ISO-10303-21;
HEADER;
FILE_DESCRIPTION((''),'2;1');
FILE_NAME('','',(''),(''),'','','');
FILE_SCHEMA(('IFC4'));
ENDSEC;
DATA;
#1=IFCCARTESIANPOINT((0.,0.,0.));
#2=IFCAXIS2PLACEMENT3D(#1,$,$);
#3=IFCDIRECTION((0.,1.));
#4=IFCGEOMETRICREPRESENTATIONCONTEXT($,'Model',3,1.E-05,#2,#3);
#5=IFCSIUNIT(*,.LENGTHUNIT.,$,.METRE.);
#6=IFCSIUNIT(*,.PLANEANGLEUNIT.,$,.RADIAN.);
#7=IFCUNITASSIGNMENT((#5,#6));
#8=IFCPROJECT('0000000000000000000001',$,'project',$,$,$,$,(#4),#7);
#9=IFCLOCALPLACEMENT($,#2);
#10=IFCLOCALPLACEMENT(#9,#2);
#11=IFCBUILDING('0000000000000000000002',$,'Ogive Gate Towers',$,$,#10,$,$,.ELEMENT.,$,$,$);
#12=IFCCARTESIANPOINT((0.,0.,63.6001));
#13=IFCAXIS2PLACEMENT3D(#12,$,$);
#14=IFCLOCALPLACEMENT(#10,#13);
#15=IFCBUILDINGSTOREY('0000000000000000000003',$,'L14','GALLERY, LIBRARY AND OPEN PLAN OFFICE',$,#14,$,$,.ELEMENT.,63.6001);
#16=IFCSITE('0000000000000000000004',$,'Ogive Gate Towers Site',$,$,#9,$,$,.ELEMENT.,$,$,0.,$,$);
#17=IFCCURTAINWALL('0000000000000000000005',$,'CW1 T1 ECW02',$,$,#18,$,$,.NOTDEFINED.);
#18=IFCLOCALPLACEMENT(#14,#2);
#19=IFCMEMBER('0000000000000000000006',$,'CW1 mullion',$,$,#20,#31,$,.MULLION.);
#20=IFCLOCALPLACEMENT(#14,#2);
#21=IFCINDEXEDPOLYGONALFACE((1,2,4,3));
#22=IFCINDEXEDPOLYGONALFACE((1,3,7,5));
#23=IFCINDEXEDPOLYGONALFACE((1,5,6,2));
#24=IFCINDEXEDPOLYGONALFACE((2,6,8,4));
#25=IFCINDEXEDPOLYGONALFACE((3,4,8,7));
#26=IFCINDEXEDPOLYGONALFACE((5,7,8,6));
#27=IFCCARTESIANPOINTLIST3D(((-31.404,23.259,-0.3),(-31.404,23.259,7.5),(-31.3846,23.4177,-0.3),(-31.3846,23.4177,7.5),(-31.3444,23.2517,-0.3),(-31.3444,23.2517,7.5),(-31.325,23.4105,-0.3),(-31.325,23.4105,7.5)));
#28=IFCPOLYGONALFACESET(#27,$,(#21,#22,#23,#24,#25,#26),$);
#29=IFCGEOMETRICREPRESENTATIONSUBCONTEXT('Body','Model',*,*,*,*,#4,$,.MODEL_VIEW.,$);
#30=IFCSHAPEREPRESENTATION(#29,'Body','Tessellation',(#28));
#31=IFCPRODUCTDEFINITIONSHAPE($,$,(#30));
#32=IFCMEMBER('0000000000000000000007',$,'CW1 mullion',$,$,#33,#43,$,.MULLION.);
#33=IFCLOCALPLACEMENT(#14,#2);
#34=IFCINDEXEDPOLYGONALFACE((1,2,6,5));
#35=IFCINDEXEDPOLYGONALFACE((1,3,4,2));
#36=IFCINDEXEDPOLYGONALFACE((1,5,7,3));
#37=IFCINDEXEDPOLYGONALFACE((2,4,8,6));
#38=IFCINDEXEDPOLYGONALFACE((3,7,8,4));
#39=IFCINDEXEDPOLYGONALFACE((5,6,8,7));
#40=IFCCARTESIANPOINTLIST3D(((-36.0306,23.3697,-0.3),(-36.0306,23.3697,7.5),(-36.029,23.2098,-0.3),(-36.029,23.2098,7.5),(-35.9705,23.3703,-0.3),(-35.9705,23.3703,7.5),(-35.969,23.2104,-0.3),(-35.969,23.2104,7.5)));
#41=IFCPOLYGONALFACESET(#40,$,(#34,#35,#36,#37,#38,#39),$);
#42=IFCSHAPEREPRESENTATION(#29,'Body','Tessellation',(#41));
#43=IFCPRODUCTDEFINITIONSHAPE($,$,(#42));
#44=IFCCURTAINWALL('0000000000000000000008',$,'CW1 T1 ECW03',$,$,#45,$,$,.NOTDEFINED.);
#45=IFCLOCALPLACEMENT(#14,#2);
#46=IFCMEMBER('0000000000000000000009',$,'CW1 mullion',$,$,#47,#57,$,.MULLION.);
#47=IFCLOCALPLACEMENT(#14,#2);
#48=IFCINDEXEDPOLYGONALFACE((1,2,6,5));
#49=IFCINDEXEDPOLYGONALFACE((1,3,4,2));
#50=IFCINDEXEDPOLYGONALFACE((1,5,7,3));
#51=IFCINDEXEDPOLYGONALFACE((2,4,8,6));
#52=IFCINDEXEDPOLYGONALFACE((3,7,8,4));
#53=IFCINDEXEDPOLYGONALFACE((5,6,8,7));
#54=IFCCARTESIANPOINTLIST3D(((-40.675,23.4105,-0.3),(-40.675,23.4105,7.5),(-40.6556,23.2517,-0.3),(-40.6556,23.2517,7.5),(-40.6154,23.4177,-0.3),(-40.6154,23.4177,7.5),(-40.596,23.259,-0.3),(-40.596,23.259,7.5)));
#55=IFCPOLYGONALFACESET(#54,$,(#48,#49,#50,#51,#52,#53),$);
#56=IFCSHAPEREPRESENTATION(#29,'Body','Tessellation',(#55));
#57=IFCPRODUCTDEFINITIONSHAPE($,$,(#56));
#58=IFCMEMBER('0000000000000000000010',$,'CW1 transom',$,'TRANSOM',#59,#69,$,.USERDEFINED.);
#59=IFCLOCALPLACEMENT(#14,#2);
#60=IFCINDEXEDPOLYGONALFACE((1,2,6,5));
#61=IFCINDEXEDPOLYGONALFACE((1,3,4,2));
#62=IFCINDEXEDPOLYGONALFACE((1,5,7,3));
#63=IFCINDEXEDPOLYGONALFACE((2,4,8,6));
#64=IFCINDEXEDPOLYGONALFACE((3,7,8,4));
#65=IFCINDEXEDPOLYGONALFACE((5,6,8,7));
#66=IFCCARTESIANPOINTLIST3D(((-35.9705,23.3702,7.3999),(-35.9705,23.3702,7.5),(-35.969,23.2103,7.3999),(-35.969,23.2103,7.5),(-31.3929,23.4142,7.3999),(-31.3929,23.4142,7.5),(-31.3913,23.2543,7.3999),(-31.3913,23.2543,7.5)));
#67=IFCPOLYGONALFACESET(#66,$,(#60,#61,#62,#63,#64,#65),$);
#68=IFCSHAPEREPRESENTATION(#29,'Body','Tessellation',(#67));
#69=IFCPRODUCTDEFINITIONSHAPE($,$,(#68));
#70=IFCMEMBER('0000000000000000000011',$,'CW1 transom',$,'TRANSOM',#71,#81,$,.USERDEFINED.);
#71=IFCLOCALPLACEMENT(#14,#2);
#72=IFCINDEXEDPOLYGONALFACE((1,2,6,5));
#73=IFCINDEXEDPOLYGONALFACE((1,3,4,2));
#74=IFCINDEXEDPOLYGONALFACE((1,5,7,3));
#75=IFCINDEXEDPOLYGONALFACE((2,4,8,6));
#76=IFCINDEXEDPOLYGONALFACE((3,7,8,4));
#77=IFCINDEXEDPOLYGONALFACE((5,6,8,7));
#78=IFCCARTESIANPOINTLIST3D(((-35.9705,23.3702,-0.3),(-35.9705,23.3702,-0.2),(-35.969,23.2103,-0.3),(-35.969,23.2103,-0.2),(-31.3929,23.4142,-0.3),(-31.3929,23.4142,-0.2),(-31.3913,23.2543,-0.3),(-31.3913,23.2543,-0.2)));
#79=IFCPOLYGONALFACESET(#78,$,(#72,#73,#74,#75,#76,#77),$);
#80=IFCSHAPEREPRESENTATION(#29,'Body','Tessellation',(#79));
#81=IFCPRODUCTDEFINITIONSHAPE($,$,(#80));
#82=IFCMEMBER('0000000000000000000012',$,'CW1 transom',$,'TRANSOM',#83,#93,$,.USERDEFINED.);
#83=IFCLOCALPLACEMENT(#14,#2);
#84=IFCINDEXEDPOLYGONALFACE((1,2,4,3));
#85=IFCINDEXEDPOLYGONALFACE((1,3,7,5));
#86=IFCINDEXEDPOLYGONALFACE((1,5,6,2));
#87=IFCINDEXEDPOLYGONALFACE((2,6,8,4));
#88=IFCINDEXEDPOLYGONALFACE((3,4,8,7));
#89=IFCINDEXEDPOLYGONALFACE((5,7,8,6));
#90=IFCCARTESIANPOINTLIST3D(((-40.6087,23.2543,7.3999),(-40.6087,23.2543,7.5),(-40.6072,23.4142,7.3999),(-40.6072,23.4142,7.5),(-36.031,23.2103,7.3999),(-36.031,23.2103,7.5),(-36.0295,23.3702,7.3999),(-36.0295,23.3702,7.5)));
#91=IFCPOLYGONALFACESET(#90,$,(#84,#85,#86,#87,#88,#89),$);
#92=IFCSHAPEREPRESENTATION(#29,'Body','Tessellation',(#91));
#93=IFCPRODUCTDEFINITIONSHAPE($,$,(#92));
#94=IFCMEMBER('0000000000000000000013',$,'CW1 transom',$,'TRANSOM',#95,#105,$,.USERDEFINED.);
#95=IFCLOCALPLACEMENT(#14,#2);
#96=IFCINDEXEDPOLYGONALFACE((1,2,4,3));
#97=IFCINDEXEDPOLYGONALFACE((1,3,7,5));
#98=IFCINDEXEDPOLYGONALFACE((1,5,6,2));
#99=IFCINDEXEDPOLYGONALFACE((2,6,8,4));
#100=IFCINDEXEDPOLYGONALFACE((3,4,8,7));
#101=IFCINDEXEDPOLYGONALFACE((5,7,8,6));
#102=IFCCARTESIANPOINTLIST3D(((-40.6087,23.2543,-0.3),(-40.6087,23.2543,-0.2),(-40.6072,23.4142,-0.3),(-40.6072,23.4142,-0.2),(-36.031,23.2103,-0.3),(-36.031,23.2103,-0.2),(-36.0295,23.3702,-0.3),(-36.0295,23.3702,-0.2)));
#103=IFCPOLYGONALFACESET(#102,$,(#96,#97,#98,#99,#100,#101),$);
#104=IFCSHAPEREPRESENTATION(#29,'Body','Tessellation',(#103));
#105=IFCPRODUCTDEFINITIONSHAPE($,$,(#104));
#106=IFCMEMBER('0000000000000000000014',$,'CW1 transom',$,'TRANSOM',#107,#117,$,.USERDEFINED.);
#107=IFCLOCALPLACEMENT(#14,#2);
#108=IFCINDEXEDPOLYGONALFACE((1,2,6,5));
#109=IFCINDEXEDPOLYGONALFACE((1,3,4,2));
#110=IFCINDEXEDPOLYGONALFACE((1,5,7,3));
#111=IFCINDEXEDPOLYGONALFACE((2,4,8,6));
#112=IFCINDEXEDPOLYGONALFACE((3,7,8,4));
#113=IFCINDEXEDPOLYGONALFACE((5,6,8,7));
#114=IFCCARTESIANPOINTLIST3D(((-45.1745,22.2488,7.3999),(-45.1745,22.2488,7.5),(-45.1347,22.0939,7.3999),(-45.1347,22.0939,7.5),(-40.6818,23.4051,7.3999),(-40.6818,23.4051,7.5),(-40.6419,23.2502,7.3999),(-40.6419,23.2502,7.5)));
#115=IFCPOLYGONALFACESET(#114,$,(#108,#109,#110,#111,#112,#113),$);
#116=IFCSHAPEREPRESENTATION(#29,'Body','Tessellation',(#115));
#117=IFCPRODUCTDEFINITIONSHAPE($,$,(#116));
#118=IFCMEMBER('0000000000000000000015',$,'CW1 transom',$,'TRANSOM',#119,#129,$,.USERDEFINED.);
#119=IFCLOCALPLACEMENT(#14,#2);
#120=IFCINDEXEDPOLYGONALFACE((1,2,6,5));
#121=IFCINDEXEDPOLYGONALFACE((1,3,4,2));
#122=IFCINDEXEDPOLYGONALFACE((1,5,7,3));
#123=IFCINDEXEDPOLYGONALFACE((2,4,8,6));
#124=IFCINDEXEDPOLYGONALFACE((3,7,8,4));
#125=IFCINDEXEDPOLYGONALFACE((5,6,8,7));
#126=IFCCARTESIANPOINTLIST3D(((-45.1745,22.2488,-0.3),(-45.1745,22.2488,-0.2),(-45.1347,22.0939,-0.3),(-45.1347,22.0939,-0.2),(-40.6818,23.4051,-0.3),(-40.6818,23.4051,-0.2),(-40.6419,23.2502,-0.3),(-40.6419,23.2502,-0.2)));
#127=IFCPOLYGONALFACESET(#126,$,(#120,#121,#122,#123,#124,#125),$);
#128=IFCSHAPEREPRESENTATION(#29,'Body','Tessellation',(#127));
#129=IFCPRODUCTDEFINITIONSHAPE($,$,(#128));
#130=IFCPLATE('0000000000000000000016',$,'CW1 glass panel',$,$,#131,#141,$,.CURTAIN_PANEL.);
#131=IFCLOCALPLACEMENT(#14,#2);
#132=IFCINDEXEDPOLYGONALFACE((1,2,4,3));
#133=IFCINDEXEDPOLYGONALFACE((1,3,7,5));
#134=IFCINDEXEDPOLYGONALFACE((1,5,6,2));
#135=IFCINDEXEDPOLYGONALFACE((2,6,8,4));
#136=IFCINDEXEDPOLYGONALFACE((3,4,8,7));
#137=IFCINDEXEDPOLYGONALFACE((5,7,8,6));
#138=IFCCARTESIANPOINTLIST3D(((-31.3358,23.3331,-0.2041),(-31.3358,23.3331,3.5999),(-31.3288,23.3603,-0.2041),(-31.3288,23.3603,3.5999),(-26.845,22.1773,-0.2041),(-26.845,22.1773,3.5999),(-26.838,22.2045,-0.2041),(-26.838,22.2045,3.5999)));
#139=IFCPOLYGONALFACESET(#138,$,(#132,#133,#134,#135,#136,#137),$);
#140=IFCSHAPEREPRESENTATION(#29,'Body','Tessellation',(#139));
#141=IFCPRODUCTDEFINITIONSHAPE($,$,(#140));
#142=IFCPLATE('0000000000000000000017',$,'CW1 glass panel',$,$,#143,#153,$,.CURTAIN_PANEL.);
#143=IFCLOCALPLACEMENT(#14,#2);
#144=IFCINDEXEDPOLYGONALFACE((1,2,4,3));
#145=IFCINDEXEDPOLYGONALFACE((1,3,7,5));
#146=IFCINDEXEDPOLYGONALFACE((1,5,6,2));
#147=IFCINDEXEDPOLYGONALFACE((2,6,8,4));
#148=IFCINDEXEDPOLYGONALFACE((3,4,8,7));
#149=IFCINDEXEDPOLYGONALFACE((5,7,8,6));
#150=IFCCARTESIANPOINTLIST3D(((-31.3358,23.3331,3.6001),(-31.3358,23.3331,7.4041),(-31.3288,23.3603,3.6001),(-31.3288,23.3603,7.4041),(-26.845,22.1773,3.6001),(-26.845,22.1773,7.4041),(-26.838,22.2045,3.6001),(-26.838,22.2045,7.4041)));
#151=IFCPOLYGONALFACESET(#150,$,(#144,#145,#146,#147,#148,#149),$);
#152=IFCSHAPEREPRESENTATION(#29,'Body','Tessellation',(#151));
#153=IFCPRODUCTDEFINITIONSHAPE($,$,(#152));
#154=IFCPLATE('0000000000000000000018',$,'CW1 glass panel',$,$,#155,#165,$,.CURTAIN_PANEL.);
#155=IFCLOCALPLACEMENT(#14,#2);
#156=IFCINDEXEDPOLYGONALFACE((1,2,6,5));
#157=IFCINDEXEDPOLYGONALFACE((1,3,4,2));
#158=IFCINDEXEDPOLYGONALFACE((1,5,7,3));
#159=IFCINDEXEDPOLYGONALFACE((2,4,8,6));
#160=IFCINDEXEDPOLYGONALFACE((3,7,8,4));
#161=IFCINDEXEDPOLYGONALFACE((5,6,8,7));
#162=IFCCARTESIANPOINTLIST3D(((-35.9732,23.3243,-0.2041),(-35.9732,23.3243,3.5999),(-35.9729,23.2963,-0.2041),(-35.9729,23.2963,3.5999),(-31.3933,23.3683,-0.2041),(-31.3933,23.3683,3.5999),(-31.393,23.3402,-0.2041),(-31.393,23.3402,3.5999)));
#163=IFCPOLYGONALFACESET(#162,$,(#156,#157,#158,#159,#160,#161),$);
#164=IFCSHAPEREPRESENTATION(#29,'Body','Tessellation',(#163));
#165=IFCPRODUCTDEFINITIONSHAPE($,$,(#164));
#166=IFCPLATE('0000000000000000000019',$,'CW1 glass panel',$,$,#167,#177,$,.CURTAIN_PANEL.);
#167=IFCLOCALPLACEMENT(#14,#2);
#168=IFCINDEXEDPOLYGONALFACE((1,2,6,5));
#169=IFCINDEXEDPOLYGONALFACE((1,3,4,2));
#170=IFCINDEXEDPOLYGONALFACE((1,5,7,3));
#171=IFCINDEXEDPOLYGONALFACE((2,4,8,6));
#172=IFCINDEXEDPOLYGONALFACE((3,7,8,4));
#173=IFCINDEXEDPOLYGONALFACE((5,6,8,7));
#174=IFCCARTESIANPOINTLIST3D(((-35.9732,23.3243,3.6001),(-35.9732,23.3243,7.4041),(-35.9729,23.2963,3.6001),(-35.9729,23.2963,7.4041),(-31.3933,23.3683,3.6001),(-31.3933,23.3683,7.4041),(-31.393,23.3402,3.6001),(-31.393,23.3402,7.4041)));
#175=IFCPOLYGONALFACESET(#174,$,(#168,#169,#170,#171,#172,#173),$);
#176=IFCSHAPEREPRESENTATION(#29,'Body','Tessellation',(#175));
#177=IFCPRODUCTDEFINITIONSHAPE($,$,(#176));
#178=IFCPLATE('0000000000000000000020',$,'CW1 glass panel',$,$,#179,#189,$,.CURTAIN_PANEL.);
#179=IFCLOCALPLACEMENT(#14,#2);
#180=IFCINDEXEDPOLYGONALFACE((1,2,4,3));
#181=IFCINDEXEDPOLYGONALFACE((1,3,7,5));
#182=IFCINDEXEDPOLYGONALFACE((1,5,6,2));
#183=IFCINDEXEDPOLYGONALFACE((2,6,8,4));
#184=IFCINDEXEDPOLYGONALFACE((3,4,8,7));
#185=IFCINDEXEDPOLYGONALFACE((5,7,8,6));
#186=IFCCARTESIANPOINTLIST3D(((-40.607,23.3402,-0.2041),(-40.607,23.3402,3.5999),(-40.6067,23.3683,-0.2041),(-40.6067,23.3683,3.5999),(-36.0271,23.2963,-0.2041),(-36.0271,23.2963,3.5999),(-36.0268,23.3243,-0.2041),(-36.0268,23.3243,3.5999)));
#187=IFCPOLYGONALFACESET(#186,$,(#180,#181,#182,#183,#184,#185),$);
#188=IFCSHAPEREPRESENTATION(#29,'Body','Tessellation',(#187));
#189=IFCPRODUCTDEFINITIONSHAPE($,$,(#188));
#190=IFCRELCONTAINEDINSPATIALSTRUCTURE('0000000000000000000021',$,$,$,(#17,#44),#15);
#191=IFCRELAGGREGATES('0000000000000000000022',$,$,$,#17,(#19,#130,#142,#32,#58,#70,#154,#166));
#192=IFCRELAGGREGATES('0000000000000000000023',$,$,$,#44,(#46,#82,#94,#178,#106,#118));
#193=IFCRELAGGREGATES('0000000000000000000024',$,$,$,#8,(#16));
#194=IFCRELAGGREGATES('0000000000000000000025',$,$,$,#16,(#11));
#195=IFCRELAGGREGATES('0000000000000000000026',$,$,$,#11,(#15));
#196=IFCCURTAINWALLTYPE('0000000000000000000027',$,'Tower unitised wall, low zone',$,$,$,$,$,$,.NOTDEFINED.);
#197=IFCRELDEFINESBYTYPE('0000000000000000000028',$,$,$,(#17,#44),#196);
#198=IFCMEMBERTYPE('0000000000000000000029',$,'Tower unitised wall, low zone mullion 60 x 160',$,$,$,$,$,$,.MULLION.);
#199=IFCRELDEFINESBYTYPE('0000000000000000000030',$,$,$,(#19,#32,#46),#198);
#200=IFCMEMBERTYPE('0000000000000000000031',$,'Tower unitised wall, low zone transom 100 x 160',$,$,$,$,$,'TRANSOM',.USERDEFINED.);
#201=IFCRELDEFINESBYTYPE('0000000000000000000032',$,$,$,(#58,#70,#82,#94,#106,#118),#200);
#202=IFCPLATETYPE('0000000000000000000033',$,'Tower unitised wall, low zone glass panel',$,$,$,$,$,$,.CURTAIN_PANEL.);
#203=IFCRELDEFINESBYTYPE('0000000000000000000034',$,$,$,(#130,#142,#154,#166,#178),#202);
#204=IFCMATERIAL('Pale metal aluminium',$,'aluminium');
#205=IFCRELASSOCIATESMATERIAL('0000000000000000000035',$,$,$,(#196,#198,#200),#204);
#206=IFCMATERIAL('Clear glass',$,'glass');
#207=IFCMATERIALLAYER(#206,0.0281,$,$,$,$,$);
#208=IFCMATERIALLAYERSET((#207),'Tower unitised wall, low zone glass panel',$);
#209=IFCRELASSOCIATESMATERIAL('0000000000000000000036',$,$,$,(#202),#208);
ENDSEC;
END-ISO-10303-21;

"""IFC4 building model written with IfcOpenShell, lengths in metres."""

from ifc_helpers import new_model, si_unit, direction, frame, origin, origin_2d, place, context, subcontext, project, spatial, rectangle, extrude, material, layer, layer_set, material_profile, profile_set, type_object, element, aggregate, save


model = new_model("IFC4")

# Units and contexts
model_context = context("Model", 3, precision=1e-05, world=origin(), true_north=direction((0.0, 1.0)))
body_context = subcontext(model_context, "Body", "Model", "MODEL_VIEW")
ifc_project = project(units=[si_unit("LENGTHUNIT", "METRE"), si_unit("PLANEANGLEUNIT", "RADIAN")], contexts=[model_context])

# Site, building, storey
site_placement = place(None, origin())
site = spatial("IfcSite", under=ifc_project, at=site_placement, Name="Ogive Gate Towers Site", CompositionType="ELEMENT", RefElevation=0.0)
building_placement = place(site_placement, origin())
building = spatial("IfcBuilding", under=site, at=building_placement, Name="Ogive Gate Towers", CompositionType="ELEMENT")
storey_placement = place(building_placement, frame((0.0, 0.0, 63.6001)))
storey = spatial("IfcBuildingStorey", under=building, at=storey_placement, Name="L14", Description="GALLERY, LIBRARY AND OPEN PLAN OFFICE", CompositionType="ELEMENT", Elevation=63.6001)

# Curtain wall, members
ifc_material_1 = material(Name="Pale metal aluminium", Category="aluminium")
curtain_wall_type = type_object("IfcCurtainWallType", Name="Tower unitised wall, low zone", PredefinedType="NOTDEFINED", material=ifc_material_1)
curtain_wall_1_placement = place(storey_placement, origin())
curtain_wall_1 = element("IfcCurtainWall", 1, at=curtain_wall_1_placement, inside=storey, type_object=curtain_wall_type, Name="CW1 T1 ECW02", PredefinedType="NOTDEFINED")
ifc_material_profile_1 = material_profile(ifc_material_1, rectangle(XDim=0.1599, YDim=0.0601, at=origin_2d()), Name="60 x 160 aluminium box")
ifc_profile_set_1 = profile_set([ifc_material_profile_1], Name="Pale metal aluminium")
member_type_1 = type_object("IfcMemberType", Name="Tower unitised wall, low zone mullion 60 x 160", PredefinedType="MULLION", material=ifc_profile_set_1)
member_1_placement = place(storey_placement, frame((-31.3645, 23.3347, -0.3), z_axis=(0.0, 0.0, 1.0), x_axis=(0.120847, 0.992671, 0.0)))
member_1 = element("IfcMember", 2, at=member_1_placement, type_object=member_type_1, Name="CW1 mullion", PredefinedType="MULLION", context=body_context, shape_type="SweptSolid", body=[
    extrude(rectangle(XDim=0.1599, YDim=0.0601, at=origin_2d()), origin(), (0.0, 0.0, 1.0), 7.8),
])
member_2_placement = place(storey_placement, frame((-35.9998, 23.29, -0.3), z_axis=(0.0, 0.0, 1.0), x_axis=(-0.009599, 0.999954, 0.0)))
member_2 = element("IfcMember", 3, at=member_2_placement, type_object=member_type_1, Name="CW1 mullion", PredefinedType="MULLION", context=body_context, shape_type="SweptSolid", body=[
    extrude(rectangle(XDim=0.1599, YDim=0.0601, at=origin_2d()), origin(), (0.0, 0.0, 1.0), 7.8),
])

# Curtain wall, member
curtain_wall_2_placement = place(storey_placement, origin())
curtain_wall_2 = element("IfcCurtainWall", 4, at=curtain_wall_2_placement, inside=storey, type_object=curtain_wall_type, Name="CW1 T1 ECW03", PredefinedType="NOTDEFINED")
member_3_placement = place(storey_placement, frame((-40.6355, 23.3347, -0.3), z_axis=(0.0, 0.0, 1.0), x_axis=(-0.120847, 0.992671, 0.0)))
member_3 = element("IfcMember", 5, at=member_3_placement, type_object=member_type_1, Name="CW1 mullion", PredefinedType="MULLION", context=body_context, shape_type="SweptSolid", body=[
    extrude(rectangle(XDim=0.1599, YDim=0.0601, at=origin_2d()), origin(), (0.0, 0.0, 1.0), 7.8),
])

# Members
ifc_material_profile_2 = material_profile(ifc_material_1, rectangle(XDim=0.1599, YDim=0.1001, at=origin_2d()), Name="100 x 160 aluminium box")
ifc_profile_set_2 = profile_set([ifc_material_profile_2], Name="Pale metal aluminium")
member_type_2 = type_object("IfcMemberType", Name="Tower unitised wall, low zone transom 100 x 160", ElementType="TRANSOM", PredefinedType="USERDEFINED", material=ifc_profile_set_2)
member_4_placement = place(storey_placement, frame((-31.3921, 23.3342, 7.45), z_axis=(-0.999954, -0.0096, 0.0), x_axis=(0.0096, -0.999954, 0.0)))
member_4 = element("IfcMember", 6, at=member_4_placement, type_object=member_type_2, Name="CW1 transom", ObjectType="TRANSOM", PredefinedType="USERDEFINED", context=body_context, shape_type="SweptSolid", body=[
    extrude(rectangle(XDim=0.1599, YDim=0.1001, at=origin_2d()), origin(), (0.0, 0.0, 1.0), 4.5779),
])
member_5_placement = place(storey_placement, frame((-31.3921, 23.3342, -0.25), z_axis=(-0.999954, -0.0096, 0.0), x_axis=(0.0096, -0.999954, 0.0)))
member_5 = element("IfcMember", 7, at=member_5_placement, type_object=member_type_2, Name="CW1 transom", ObjectType="TRANSOM", PredefinedType="USERDEFINED", context=body_context, shape_type="SweptSolid", body=[
    extrude(rectangle(XDim=0.1599, YDim=0.1001, at=origin_2d()), origin(), (0.0, 0.0, 1.0), 4.5779),
])
member_6_placement = place(storey_placement, frame((-36.0303, 23.2903, 7.45), z_axis=(-0.999954, 0.0096, 0.0), x_axis=(-0.0096, -0.999954, 0.0)))
member_6 = element("IfcMember", 8, at=member_6_placement, type_object=member_type_2, Name="CW1 transom", ObjectType="TRANSOM", PredefinedType="USERDEFINED", context=body_context, shape_type="SweptSolid", body=[
    extrude(rectangle(XDim=0.1599, YDim=0.1001, at=origin_2d()), origin(), (0.0, 0.0, 1.0), 4.5779),
])
member_7_placement = place(storey_placement, frame((-36.0303, 23.2903, -0.25), z_axis=(-0.999954, 0.0096, 0.0), x_axis=(-0.0096, -0.999954, 0.0)))
member_7 = element("IfcMember", 9, at=member_7_placement, type_object=member_type_2, Name="CW1 transom", ObjectType="TRANSOM", PredefinedType="USERDEFINED", context=body_context, shape_type="SweptSolid", body=[
    extrude(rectangle(XDim=0.1599, YDim=0.1001, at=origin_2d()), origin(), (0.0, 0.0, 1.0), 4.5779),
])
member_8_placement = place(storey_placement, frame((-40.6619, 23.3276, 7.45), z_axis=(-0.968441, -0.249241, 0.0), x_axis=(0.249241, -0.968441, 0.0)))
member_8 = element("IfcMember", 10, at=member_8_placement, type_object=member_type_2, Name="CW1 transom", ObjectType="TRANSOM", PredefinedType="USERDEFINED", context=body_context, shape_type="SweptSolid", body=[
    extrude(rectangle(XDim=0.1599, YDim=0.1001, at=origin_2d()), origin(), (0.0, 0.0, 1.0), 4.6392),
])
member_9_placement = place(storey_placement, frame((-40.6619, 23.3276, -0.25), z_axis=(-0.968441, -0.249241, 0.0), x_axis=(0.249241, -0.968441, 0.0)))
member_9 = element("IfcMember", 11, at=member_9_placement, type_object=member_type_2, Name="CW1 transom", ObjectType="TRANSOM", PredefinedType="USERDEFINED", context=body_context, shape_type="SweptSolid", body=[
    extrude(rectangle(XDim=0.1599, YDim=0.1001, at=origin_2d()), origin(), (0.0, 0.0, 1.0), 4.6392),
])

# Plates
ifc_material_2 = material(Name="Clear glass", Category="glass")
ifc_layer_1 = layer(ifc_material_2, 0.0281)
ifc_layer_set_1 = layer_set([ifc_layer_1], Name="Tower unitised wall, low zone glass panel")
plate_type = type_object("IfcPlateType", Name="Tower unitised wall, low zone glass panel", PredefinedType="CURTAIN_PANEL", material=ifc_layer_set_1)
plate_1_placement = place(storey_placement, frame((-29.0869, 22.7688, -0.2041), z_axis=(0.0, 0.0, 1.0), x_axis=(-0.96844, 0.249248, 0.0)))
plate_1 = element("IfcPlate", 12, at=plate_1_placement, type_object=plate_type, Name="CW1 glass panel", PredefinedType="CURTAIN_PANEL", context=body_context, shape_type="SweptSolid", body=[
    extrude(rectangle(XDim=4.6372, YDim=0.0281, at=origin_2d()), origin(), (0.0, 0.0, 1.0), 3.804),
])
plate_2_placement = place(storey_placement, frame((-29.0869, 22.7688, 3.6001), z_axis=(0.0, 0.0, 1.0), x_axis=(-0.96844, 0.249248, 0.0)))
plate_2 = element("IfcPlate", 13, at=plate_2_placement, type_object=plate_type, Name="CW1 glass panel", PredefinedType="CURTAIN_PANEL", context=body_context, shape_type="SweptSolid", body=[
    extrude(rectangle(XDim=4.6372, YDim=0.0281, at=origin_2d()), origin(), (0.0, 0.0, 1.0), 3.804),
])
plate_3_placement = place(storey_placement, frame((-33.6831, 23.3323, -0.2041), z_axis=(0.0, 0.0, 1.0), x_axis=(-0.999954, -0.009599, 0.0)))
plate_3 = element("IfcPlate", 14, at=plate_3_placement, type_object=plate_type, Name="CW1 glass panel", PredefinedType="CURTAIN_PANEL", context=body_context, shape_type="SweptSolid", body=[
    extrude(rectangle(XDim=4.5801, YDim=0.0281, at=origin_2d()), origin(), (0.0, 0.0, 1.0), 3.804),
])
plate_4_placement = place(storey_placement, frame((-33.6831, 23.3323, 3.6001), z_axis=(0.0, 0.0, 1.0), x_axis=(-0.999954, -0.009599, 0.0)))
plate_4 = element("IfcPlate", 15, at=plate_4_placement, type_object=plate_type, Name="CW1 glass panel", PredefinedType="CURTAIN_PANEL", context=body_context, shape_type="SweptSolid", body=[
    extrude(rectangle(XDim=4.5801, YDim=0.0281, at=origin_2d()), origin(), (0.0, 0.0, 1.0), 3.804),
])
aggregate(curtain_wall_1, [member_1, plate_1, plate_2, member_2, member_4, member_5, plate_3, plate_4])
plate_5_placement = place(storey_placement, frame((-38.3169, 23.3323, -0.2041), z_axis=(0.0, 0.0, 1.0), x_axis=(-0.999954, 0.009599, 0.0)))
plate_5 = element("IfcPlate", 16, at=plate_5_placement, type_object=plate_type, Name="CW1 glass panel", PredefinedType="CURTAIN_PANEL", context=body_context, shape_type="SweptSolid", body=[
    extrude(rectangle(XDim=4.5801, YDim=0.0281, at=origin_2d()), origin(), (0.0, 0.0, 1.0), 3.804),
])
aggregate(curtain_wall_2, [member_3, member_6, member_7, plate_5, member_8, member_9])

save(model, "model.ifc")
